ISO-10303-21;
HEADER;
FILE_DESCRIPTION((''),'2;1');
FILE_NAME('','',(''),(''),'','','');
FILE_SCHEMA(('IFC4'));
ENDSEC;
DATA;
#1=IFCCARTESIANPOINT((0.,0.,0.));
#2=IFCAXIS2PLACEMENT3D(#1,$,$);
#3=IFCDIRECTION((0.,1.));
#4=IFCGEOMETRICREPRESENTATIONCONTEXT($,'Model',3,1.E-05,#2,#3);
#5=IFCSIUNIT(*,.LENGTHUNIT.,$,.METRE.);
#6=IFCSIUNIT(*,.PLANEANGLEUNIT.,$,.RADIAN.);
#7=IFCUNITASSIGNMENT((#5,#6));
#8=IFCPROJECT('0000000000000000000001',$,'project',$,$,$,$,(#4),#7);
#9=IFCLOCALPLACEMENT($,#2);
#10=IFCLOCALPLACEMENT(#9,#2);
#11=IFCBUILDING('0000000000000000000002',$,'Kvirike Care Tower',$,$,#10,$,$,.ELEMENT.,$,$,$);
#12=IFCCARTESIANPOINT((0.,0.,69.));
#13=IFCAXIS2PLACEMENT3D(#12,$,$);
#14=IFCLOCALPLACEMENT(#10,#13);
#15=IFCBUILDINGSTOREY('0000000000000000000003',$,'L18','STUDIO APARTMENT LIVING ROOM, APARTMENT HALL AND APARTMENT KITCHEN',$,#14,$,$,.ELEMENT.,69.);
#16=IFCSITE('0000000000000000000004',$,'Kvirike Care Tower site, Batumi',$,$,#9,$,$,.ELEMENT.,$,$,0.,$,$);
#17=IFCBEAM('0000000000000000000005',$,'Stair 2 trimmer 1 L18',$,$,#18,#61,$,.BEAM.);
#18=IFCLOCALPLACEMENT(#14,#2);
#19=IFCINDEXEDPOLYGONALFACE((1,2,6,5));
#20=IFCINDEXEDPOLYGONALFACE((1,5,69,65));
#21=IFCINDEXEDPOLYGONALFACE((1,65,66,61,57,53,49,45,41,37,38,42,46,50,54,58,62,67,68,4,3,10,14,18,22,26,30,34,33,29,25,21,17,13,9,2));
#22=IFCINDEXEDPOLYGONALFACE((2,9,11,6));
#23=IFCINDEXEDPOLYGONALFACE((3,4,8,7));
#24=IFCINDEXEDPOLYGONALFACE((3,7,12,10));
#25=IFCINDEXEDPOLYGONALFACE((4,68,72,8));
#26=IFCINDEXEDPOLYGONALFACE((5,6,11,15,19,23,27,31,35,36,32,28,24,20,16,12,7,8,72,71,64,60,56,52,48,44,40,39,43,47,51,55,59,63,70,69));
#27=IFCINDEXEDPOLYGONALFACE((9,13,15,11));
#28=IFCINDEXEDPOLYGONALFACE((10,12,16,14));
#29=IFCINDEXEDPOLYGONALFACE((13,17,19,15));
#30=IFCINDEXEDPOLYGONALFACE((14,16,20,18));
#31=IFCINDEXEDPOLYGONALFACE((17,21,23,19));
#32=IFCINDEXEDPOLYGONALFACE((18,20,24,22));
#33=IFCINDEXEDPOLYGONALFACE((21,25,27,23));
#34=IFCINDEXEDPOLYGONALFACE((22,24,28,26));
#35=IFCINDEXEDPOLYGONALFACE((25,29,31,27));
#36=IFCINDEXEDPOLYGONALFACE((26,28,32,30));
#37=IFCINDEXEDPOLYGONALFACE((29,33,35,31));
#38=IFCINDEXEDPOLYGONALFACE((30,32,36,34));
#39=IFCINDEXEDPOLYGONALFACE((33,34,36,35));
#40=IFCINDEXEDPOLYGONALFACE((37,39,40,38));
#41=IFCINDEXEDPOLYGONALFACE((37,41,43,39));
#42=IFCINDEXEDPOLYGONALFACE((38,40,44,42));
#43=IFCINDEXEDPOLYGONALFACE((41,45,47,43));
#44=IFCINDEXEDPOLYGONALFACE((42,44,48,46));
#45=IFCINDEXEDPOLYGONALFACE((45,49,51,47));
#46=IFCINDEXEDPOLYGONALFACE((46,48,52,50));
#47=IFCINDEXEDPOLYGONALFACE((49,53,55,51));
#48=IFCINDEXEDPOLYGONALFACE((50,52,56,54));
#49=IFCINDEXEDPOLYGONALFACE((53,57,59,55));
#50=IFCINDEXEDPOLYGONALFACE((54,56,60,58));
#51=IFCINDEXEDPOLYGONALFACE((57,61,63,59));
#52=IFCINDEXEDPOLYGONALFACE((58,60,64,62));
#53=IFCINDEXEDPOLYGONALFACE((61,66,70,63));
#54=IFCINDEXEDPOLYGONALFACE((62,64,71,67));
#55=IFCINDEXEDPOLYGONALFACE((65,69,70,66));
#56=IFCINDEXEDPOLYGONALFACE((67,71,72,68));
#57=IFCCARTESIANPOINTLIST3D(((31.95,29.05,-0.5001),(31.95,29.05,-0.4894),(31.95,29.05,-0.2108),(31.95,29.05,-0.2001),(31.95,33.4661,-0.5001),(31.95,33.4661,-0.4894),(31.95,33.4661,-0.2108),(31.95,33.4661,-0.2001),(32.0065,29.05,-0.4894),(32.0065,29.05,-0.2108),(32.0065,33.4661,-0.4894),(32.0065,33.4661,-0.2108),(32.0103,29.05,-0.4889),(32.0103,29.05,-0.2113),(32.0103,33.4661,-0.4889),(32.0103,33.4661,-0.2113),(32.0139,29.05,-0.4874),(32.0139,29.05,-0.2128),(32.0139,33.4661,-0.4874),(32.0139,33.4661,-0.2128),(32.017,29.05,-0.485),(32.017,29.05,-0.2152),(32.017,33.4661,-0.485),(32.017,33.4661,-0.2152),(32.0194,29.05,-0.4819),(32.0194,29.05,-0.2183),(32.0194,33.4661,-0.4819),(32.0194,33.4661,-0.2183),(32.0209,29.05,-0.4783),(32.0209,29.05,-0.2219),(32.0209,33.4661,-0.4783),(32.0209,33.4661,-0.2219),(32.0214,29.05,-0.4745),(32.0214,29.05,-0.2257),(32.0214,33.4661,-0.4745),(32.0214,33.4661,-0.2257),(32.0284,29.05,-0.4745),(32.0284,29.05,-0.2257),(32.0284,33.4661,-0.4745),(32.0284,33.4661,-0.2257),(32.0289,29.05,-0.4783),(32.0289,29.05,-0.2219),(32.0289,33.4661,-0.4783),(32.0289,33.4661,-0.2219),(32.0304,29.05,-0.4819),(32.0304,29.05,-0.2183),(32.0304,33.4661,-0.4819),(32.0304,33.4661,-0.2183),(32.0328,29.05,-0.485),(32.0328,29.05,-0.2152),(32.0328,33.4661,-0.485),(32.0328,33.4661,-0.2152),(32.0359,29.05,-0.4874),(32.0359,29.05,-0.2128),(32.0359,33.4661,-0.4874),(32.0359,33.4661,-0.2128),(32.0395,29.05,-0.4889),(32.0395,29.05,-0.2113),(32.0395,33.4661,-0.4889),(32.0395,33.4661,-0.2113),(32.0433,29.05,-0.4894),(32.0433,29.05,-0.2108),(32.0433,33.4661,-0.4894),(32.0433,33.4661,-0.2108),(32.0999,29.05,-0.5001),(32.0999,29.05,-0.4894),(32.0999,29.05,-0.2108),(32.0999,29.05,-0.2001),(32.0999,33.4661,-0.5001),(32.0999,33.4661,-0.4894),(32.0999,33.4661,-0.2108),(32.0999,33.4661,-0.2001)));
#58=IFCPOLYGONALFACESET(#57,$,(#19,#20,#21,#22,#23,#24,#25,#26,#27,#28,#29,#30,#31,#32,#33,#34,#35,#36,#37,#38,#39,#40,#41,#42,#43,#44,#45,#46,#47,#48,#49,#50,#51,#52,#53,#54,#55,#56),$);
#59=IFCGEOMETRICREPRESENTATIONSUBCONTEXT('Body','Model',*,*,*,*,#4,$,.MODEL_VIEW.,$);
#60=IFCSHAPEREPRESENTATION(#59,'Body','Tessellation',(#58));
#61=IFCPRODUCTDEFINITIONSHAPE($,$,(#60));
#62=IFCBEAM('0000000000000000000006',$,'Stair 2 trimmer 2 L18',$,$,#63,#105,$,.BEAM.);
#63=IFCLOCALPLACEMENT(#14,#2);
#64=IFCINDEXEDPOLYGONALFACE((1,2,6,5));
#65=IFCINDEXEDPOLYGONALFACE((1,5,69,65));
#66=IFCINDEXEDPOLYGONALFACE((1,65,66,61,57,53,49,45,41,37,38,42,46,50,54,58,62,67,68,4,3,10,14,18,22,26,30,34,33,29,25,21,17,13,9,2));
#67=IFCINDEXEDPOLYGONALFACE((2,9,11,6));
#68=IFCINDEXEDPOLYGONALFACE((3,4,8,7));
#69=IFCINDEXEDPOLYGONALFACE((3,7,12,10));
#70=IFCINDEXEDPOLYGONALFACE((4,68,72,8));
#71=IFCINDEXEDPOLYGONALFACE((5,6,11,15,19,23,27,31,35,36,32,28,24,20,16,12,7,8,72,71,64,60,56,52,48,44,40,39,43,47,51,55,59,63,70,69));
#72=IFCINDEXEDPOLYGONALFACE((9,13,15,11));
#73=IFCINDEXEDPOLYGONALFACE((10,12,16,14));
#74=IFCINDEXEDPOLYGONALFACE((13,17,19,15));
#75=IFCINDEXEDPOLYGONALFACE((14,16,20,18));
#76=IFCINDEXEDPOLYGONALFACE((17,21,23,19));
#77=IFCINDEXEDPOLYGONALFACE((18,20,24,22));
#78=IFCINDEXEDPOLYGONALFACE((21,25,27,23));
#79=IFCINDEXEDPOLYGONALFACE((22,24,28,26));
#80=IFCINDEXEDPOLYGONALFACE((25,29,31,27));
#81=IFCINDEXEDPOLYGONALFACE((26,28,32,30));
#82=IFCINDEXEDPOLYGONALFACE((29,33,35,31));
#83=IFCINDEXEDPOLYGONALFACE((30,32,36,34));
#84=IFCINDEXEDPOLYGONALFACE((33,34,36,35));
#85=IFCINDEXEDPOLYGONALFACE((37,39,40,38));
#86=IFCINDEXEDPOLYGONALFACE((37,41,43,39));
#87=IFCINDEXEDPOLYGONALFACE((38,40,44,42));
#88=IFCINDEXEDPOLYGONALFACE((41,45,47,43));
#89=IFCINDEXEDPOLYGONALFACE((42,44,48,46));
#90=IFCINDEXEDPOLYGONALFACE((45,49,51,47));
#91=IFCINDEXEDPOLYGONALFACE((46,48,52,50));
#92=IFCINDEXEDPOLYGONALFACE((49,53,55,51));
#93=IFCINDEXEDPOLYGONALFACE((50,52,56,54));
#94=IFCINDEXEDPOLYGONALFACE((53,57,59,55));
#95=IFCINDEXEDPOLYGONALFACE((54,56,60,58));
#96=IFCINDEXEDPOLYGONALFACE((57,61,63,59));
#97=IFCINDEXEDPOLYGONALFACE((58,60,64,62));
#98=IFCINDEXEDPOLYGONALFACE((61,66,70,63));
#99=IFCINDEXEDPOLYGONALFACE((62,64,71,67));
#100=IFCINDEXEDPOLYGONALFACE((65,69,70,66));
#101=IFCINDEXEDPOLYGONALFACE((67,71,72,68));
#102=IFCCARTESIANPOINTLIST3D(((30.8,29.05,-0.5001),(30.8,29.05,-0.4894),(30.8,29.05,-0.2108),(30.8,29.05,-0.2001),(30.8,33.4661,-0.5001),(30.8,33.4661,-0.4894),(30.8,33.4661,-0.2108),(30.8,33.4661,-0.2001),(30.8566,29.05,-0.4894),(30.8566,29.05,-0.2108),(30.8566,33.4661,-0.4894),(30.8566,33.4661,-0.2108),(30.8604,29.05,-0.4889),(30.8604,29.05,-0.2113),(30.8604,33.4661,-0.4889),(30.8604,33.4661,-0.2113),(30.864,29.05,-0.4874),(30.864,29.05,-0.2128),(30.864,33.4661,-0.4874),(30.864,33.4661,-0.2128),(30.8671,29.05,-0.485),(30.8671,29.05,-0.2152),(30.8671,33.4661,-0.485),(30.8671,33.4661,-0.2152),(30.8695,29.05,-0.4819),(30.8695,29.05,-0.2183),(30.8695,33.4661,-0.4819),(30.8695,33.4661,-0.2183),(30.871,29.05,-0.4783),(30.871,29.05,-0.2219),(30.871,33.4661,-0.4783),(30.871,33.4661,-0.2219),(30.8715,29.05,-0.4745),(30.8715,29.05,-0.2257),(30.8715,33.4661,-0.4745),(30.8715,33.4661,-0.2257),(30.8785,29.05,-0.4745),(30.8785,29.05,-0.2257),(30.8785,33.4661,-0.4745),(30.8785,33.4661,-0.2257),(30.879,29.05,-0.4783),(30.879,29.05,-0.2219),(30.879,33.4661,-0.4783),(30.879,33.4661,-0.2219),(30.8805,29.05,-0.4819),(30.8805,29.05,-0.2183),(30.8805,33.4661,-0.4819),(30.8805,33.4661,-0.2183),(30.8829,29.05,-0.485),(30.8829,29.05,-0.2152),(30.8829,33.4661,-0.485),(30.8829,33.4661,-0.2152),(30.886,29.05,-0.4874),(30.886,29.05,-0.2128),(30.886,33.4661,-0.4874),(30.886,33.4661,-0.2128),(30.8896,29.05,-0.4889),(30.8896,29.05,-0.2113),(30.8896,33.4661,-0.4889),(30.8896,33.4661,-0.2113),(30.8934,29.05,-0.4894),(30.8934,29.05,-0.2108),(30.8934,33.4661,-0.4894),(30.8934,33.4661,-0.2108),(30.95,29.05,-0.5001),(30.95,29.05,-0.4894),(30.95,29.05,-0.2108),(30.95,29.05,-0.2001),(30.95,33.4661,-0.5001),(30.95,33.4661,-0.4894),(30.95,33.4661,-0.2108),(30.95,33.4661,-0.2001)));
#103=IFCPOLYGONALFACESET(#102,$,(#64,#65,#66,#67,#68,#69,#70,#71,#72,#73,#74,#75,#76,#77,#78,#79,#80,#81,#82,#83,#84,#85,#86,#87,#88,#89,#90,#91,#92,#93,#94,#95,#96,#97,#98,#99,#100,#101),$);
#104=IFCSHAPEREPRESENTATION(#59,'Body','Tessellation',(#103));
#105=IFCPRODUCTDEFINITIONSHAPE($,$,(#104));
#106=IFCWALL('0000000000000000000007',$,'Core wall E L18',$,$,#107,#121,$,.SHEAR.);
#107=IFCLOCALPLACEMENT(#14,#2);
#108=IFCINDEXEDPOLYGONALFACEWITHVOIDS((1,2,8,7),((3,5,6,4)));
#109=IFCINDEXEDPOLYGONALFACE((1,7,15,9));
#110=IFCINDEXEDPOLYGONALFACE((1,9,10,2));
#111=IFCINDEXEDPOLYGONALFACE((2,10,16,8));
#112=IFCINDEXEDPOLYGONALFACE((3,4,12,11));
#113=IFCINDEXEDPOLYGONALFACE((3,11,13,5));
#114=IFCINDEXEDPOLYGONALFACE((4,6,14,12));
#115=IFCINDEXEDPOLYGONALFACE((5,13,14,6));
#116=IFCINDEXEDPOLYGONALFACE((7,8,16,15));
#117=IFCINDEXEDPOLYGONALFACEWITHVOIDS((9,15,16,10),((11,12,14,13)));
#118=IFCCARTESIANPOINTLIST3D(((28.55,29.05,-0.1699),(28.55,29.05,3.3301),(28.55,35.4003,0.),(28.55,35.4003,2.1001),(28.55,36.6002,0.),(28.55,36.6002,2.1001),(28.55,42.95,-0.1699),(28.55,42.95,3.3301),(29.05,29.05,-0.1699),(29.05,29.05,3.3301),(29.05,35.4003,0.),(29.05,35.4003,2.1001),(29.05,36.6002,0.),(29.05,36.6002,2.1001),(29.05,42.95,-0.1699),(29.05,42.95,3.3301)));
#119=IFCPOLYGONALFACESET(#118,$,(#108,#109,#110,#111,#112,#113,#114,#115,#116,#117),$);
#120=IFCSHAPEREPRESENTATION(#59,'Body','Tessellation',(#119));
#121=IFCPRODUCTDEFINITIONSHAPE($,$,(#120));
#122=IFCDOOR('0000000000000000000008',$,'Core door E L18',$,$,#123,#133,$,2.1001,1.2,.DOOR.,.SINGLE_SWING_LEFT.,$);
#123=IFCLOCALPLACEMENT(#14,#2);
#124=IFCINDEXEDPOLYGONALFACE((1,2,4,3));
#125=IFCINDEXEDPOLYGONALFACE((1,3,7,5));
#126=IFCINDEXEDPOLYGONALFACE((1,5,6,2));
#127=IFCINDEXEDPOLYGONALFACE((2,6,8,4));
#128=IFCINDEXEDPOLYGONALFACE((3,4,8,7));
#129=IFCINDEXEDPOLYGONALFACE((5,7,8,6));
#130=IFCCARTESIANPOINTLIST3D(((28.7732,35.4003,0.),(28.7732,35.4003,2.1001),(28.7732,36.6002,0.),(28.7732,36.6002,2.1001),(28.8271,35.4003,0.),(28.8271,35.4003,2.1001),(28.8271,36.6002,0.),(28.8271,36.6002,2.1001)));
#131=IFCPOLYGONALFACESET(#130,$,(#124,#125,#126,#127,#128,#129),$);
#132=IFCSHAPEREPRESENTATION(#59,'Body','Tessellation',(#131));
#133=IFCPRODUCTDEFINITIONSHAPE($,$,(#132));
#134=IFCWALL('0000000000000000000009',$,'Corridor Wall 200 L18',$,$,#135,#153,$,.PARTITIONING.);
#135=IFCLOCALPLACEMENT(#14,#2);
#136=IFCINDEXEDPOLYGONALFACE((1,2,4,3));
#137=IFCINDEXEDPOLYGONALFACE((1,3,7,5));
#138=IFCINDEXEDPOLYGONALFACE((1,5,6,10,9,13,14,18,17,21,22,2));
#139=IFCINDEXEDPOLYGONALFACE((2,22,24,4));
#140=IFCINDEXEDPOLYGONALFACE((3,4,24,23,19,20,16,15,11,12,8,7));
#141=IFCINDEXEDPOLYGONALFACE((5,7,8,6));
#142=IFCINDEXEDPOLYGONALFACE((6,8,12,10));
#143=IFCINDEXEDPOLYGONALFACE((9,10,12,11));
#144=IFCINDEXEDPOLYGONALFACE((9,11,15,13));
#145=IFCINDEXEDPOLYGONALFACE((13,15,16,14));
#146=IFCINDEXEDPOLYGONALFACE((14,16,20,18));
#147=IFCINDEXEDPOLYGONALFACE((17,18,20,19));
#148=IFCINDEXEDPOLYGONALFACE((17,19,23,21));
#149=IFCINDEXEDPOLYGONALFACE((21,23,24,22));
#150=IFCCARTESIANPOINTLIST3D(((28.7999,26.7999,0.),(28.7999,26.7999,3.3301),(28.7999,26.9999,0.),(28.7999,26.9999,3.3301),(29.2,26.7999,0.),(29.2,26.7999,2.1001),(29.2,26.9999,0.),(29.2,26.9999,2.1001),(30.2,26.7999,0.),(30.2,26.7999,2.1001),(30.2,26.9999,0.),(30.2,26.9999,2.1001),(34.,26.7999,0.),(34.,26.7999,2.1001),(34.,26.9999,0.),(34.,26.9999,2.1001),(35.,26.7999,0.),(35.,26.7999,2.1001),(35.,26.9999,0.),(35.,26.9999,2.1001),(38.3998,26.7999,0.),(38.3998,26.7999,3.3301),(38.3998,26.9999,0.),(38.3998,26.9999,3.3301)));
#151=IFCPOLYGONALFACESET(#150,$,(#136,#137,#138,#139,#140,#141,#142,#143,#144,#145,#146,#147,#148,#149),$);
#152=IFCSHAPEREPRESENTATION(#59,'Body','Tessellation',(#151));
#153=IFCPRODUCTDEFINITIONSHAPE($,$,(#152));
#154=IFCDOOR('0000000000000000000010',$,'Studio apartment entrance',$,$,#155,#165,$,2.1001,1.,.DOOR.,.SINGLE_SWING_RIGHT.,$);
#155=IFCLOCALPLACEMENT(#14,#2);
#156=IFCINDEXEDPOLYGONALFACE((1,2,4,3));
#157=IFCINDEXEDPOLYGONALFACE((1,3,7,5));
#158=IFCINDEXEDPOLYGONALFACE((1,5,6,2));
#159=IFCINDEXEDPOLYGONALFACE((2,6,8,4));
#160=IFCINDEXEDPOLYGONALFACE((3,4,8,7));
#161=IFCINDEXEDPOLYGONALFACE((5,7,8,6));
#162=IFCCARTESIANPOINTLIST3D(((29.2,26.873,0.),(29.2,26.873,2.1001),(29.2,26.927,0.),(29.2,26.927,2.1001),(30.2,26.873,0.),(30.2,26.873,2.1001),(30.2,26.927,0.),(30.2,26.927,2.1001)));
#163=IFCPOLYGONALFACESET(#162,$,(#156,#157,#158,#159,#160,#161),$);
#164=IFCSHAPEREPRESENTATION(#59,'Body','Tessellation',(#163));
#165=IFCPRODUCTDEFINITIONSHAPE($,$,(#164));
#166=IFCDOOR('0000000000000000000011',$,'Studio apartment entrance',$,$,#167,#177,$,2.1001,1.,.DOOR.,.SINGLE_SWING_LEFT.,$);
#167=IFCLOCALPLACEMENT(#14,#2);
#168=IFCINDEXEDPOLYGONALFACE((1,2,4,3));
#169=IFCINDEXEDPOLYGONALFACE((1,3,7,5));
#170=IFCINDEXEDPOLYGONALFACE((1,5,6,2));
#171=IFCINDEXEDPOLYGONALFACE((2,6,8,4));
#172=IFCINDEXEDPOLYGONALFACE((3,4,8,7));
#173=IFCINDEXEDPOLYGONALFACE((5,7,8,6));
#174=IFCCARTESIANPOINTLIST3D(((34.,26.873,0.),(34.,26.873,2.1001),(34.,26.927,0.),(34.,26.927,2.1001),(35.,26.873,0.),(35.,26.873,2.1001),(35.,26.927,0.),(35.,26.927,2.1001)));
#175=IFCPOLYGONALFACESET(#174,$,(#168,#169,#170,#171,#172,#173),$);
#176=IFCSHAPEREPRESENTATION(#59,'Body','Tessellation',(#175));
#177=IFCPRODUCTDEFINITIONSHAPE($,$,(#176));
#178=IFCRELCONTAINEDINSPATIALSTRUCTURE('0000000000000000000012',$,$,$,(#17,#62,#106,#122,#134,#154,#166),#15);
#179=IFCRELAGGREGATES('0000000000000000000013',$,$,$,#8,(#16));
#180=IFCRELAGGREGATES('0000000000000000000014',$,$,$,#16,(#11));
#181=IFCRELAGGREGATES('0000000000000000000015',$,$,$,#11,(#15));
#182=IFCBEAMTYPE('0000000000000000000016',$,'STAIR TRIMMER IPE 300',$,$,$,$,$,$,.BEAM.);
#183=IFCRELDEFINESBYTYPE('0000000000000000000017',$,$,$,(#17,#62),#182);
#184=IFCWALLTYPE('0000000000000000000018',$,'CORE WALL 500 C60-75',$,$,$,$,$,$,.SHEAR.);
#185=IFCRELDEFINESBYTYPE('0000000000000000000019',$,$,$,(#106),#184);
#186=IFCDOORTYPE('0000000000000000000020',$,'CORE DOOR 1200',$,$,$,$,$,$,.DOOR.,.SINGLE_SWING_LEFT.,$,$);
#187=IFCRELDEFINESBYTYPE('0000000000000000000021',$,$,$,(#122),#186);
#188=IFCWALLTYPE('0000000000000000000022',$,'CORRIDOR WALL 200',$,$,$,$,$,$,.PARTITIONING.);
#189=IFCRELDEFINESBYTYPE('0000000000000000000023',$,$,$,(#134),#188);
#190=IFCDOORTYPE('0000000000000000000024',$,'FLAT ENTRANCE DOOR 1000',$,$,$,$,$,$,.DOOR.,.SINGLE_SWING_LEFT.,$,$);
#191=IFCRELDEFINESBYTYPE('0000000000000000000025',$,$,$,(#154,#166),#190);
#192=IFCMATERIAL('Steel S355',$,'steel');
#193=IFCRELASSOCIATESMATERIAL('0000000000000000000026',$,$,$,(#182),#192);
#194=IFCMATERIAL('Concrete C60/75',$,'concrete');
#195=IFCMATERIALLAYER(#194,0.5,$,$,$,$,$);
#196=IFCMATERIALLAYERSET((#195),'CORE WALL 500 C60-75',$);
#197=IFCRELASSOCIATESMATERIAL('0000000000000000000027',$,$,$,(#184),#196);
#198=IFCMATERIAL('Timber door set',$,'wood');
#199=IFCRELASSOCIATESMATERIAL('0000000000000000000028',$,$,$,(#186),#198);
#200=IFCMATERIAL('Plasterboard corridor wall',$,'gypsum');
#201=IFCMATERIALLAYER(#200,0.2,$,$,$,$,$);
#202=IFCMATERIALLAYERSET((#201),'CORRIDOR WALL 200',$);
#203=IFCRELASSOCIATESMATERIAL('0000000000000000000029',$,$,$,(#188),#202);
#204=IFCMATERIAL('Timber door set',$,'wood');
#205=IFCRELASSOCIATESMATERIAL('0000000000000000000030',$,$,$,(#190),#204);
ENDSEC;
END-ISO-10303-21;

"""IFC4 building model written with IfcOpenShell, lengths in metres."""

from ifc_helpers import new_model, si_unit, direction, frame, frame_2d, origin, origin_2d, place, context, subcontext, project, spatial, rectangle, i_section, extrude, material, layer, layer_set, material_profile, profile_set, type_object, element, fill, save


model = new_model("IFC4")

# Units and contexts
model_context = context("Model", 3, precision=1e-05, world=origin(), true_north=direction((0.0, 1.0)))
body_context = subcontext(model_context, "Body", "Model", "MODEL_VIEW")
ifc_project = project(units=[si_unit("LENGTHUNIT", "METRE"), si_unit("PLANEANGLEUNIT", "RADIAN")], contexts=[model_context])

# Site, building, storey
site_placement = place(None, origin())
site = spatial("IfcSite", under=ifc_project, at=site_placement, Name="Kvirike Care Tower site, Batumi", CompositionType="ELEMENT", RefElevation=0.0)
building_placement = place(site_placement, origin())
building = spatial("IfcBuilding", under=site, at=building_placement, Name="Kvirike Care Tower", CompositionType="ELEMENT")
storey_placement = place(building_placement, frame((0.0, 0.0, 69.0)))
storey = spatial("IfcBuildingStorey", under=building, at=storey_placement, Name="L18", Description="STUDIO APARTMENT LIVING ROOM, APARTMENT HALL AND APARTMENT KITCHEN", CompositionType="ELEMENT", Elevation=69.0)

# Beams
ifc_material_1 = material(Name="Steel S355", Category="steel")
ifc_material_profile_1 = material_profile(ifc_material_1, i_section(OverallWidth=0.1499, OverallDepth=0.3, WebThickness=0.0071, FlangeThickness=0.0107, FilletRadius=0.0149, at=origin_2d()), Name="IPE 300")
ifc_profile_set_1 = profile_set([ifc_material_profile_1], Name="Steel S355")
beam_type_1 = type_object("IfcBeamType", Name="STAIR TRIMMER IPE 300", PredefinedType="BEAM", material=ifc_profile_set_1)
for number, where, z_axis, x_axis, name in (
    (1, (32.0249, 29.05, -0.3501), (0.0, 1.0, 0.0), (-1.0, 0.0, 0.0), "Stair 2 trimmer 1 L18"),
    (2, (30.875, 29.05, -0.3501), (0.0, 1.0, 0.0), (-1.0, 0.0, 0.0), "Stair 2 trimmer 2 L18"),
):
    element("IfcBeam", number, at=place(storey_placement, frame(where, z_axis=z_axis, x_axis=x_axis)), inside=storey, type_object=beam_type_1, Name=name, PredefinedType="BEAM", context=body_context, shape_type="SweptSolid", body=[
        extrude(i_section(OverallWidth=0.1499, OverallDepth=0.3, WebThickness=0.0071, FlangeThickness=0.0107, FilletRadius=0.0149, at=origin_2d()), origin(), (0.0, 0.0, 1.0), 4.416),
    ])

# Wall, opening, door
ifc_material_2 = material(Name="Concrete C60/75", Category="concrete")
ifc_layer_1 = layer(ifc_material_2, 0.5)
ifc_layer_set_1 = layer_set([ifc_layer_1], Name="CORE WALL 500 C60-75")
wall_type_1 = type_object("IfcWallType", Name="CORE WALL 500 C60-75", PredefinedType="SHEAR", material=ifc_layer_set_1)
wall_1_placement = place(storey_placement, frame((28.8, 29.05, -0.1699), z_axis=(0.0, 0.0, 1.0), x_axis=(0.0, 1.0, 0.0)))
wall_1 = element("IfcWall", 3, at=wall_1_placement, inside=storey, type_object=wall_type_1, Name="Core wall E L18", PredefinedType="SHEAR", context=body_context, shape_type="SweptSolid", body=[
    extrude(rectangle(XDim=13.8999, YDim=0.5, at=frame_2d((6.95, 0.0))), origin(), (0.0, 0.0, 1.0), 3.5),
])
opening_1_placement = place(wall_1_placement, frame((6.3501, 0.0, 0.1699)))
opening_1 = element("IfcOpeningElement", 4, at=opening_1_placement, cuts=wall_1, PredefinedType="OPENING", context=body_context, shape_type="SweptSolid", body=[
    extrude(rectangle(XDim=1.2, YDim=2.1001, at=frame_2d((0.6001, 1.05))), frame((0.0, 0.2605, 0.0), z_axis=(0.0, -1.0, 0.0), x_axis=(1.0, 0.0, 0.0)), (0.0, 0.0, 1.0), 0.521),
])
ifc_material_3 = material(Name="Timber door set", Category="wood")
door_type_1 = type_object("IfcDoorType", Name="CORE DOOR 1200", OperationType="SINGLE_SWING_LEFT", PredefinedType="DOOR", material=ifc_material_3)
door_1_placement = place(opening_1_placement, origin())
door_1 = element("IfcDoor", 5, at=door_1_placement, inside=storey, type_object=door_type_1, Name="Core door E L18", OperationType="SINGLE_SWING_LEFT", OverallHeight=2.1001, OverallWidth=1.2, PredefinedType="DOOR", context=body_context, shape_type="SweptSolid", body=[
    extrude(rectangle(XDim=1.2, YDim=2.1001, at=frame_2d((0.6001, 1.05))), frame((0.0, 0.0269, 0.0), z_axis=(0.0, -1.0, 0.0), x_axis=(1.0, 0.0, 0.0)), (0.0, 0.0, 1.0), 0.054),
])
fill(opening_1, door_1)

# Wall, openings, doors
ifc_material_4 = material(Name="Plasterboard corridor wall", Category="gypsum")
ifc_layer_2 = layer(ifc_material_4, 0.2)
ifc_layer_set_2 = layer_set([ifc_layer_2], Name="CORRIDOR WALL 200")
wall_type_2 = type_object("IfcWallType", Name="CORRIDOR WALL 200", PredefinedType="PARTITIONING", material=ifc_layer_set_2)
wall_2_placement = place(storey_placement, frame((28.8, 26.8999, 0.0), z_axis=(0.0, 0.0, 1.0), x_axis=(1.0, 0.0, 0.0)))
wall_2 = element("IfcWall", 6, at=wall_2_placement, inside=storey, type_object=wall_type_2, Name="Corridor Wall 200 L18", PredefinedType="PARTITIONING", context=body_context, shape_type="SweptSolid", body=[
    extrude(rectangle(XDim=9.5999, YDim=0.2, at=frame_2d((4.7998, 0.0))), origin(), (0.0, 0.0, 1.0), 3.3301),
])
opening_2_placement = place(wall_2_placement, frame((0.3999, 0.0, 0.0)))
opening_2 = element("IfcOpeningElement", 7, at=opening_2_placement, cuts=wall_2, PredefinedType="OPENING", context=body_context, shape_type="SweptSolid", body=[
    extrude(rectangle(XDim=1.0, YDim=2.1001, at=frame_2d((0.5, 1.05))), frame((0.0, 0.1106, 0.0), z_axis=(0.0, -1.0, 0.0), x_axis=(1.0, 0.0, 0.0)), (0.0, 0.0, 1.0), 0.2209),
])
opening_3_placement = place(wall_2_placement, frame((5.2, 0.0, 0.0)))
opening_3 = element("IfcOpeningElement", 8, at=opening_3_placement, cuts=wall_2, PredefinedType="OPENING", context=body_context, shape_type="SweptSolid", body=[
    extrude(rectangle(XDim=1.0, YDim=2.1001, at=frame_2d((0.5, 1.05))), frame((0.0, 0.1106, 0.0), z_axis=(0.0, -1.0, 0.0), x_axis=(1.0, 0.0, 0.0)), (0.0, 0.0, 1.0), 0.2209),
])
ifc_material_5 = material(Name="Timber door set", Category="wood")
door_type_2 = type_object("IfcDoorType", Name="FLAT ENTRANCE DOOR 1000", OperationType="SINGLE_SWING_LEFT", PredefinedType="DOOR", material=ifc_material_5)
door_2_placement = place(opening_2_placement, frame((1.0, 0.0, 0.0), z_axis=(0.0, 0.0, 1.0), x_axis=(-1.0, 0.0, 0.0)))
door_2 = element("IfcDoor", 9, at=door_2_placement, inside=storey, type_object=door_type_2, Name="Studio apartment entrance", OperationType="SINGLE_SWING_RIGHT", OverallHeight=2.1001, OverallWidth=1.0, PredefinedType="DOOR", context=body_context, shape_type="SweptSolid", body=[
    extrude(rectangle(XDim=1.0, YDim=2.1001, at=frame_2d((0.5, 1.05))), frame((0.0, 0.0269, 0.0), z_axis=(0.0, -1.0, 0.0), x_axis=(1.0, 0.0, 0.0)), (0.0, 0.0, 1.0), 0.054),
])
fill(opening_2, door_2)
door_3_placement = place(opening_3_placement, frame((1.0, 0.0, 0.0), z_axis=(0.0, 0.0, 1.0), x_axis=(-1.0, 0.0, 0.0)))
door_3 = element("IfcDoor", 10, at=door_3_placement, inside=storey, type_object=door_type_2, Name="Studio apartment entrance", OperationType="SINGLE_SWING_LEFT", OverallHeight=2.1001, OverallWidth=1.0, PredefinedType="DOOR", context=body_context, shape_type="SweptSolid", body=[
    extrude(rectangle(XDim=1.0, YDim=2.1001, at=frame_2d((0.5, 1.05))), frame((0.0, 0.0269, 0.0), z_axis=(0.0, -1.0, 0.0), x_axis=(1.0, 0.0, 0.0)), (0.0, 0.0, 1.0), 0.054),
])
fill(opening_3, door_3)

save(model, "model.ifc")
